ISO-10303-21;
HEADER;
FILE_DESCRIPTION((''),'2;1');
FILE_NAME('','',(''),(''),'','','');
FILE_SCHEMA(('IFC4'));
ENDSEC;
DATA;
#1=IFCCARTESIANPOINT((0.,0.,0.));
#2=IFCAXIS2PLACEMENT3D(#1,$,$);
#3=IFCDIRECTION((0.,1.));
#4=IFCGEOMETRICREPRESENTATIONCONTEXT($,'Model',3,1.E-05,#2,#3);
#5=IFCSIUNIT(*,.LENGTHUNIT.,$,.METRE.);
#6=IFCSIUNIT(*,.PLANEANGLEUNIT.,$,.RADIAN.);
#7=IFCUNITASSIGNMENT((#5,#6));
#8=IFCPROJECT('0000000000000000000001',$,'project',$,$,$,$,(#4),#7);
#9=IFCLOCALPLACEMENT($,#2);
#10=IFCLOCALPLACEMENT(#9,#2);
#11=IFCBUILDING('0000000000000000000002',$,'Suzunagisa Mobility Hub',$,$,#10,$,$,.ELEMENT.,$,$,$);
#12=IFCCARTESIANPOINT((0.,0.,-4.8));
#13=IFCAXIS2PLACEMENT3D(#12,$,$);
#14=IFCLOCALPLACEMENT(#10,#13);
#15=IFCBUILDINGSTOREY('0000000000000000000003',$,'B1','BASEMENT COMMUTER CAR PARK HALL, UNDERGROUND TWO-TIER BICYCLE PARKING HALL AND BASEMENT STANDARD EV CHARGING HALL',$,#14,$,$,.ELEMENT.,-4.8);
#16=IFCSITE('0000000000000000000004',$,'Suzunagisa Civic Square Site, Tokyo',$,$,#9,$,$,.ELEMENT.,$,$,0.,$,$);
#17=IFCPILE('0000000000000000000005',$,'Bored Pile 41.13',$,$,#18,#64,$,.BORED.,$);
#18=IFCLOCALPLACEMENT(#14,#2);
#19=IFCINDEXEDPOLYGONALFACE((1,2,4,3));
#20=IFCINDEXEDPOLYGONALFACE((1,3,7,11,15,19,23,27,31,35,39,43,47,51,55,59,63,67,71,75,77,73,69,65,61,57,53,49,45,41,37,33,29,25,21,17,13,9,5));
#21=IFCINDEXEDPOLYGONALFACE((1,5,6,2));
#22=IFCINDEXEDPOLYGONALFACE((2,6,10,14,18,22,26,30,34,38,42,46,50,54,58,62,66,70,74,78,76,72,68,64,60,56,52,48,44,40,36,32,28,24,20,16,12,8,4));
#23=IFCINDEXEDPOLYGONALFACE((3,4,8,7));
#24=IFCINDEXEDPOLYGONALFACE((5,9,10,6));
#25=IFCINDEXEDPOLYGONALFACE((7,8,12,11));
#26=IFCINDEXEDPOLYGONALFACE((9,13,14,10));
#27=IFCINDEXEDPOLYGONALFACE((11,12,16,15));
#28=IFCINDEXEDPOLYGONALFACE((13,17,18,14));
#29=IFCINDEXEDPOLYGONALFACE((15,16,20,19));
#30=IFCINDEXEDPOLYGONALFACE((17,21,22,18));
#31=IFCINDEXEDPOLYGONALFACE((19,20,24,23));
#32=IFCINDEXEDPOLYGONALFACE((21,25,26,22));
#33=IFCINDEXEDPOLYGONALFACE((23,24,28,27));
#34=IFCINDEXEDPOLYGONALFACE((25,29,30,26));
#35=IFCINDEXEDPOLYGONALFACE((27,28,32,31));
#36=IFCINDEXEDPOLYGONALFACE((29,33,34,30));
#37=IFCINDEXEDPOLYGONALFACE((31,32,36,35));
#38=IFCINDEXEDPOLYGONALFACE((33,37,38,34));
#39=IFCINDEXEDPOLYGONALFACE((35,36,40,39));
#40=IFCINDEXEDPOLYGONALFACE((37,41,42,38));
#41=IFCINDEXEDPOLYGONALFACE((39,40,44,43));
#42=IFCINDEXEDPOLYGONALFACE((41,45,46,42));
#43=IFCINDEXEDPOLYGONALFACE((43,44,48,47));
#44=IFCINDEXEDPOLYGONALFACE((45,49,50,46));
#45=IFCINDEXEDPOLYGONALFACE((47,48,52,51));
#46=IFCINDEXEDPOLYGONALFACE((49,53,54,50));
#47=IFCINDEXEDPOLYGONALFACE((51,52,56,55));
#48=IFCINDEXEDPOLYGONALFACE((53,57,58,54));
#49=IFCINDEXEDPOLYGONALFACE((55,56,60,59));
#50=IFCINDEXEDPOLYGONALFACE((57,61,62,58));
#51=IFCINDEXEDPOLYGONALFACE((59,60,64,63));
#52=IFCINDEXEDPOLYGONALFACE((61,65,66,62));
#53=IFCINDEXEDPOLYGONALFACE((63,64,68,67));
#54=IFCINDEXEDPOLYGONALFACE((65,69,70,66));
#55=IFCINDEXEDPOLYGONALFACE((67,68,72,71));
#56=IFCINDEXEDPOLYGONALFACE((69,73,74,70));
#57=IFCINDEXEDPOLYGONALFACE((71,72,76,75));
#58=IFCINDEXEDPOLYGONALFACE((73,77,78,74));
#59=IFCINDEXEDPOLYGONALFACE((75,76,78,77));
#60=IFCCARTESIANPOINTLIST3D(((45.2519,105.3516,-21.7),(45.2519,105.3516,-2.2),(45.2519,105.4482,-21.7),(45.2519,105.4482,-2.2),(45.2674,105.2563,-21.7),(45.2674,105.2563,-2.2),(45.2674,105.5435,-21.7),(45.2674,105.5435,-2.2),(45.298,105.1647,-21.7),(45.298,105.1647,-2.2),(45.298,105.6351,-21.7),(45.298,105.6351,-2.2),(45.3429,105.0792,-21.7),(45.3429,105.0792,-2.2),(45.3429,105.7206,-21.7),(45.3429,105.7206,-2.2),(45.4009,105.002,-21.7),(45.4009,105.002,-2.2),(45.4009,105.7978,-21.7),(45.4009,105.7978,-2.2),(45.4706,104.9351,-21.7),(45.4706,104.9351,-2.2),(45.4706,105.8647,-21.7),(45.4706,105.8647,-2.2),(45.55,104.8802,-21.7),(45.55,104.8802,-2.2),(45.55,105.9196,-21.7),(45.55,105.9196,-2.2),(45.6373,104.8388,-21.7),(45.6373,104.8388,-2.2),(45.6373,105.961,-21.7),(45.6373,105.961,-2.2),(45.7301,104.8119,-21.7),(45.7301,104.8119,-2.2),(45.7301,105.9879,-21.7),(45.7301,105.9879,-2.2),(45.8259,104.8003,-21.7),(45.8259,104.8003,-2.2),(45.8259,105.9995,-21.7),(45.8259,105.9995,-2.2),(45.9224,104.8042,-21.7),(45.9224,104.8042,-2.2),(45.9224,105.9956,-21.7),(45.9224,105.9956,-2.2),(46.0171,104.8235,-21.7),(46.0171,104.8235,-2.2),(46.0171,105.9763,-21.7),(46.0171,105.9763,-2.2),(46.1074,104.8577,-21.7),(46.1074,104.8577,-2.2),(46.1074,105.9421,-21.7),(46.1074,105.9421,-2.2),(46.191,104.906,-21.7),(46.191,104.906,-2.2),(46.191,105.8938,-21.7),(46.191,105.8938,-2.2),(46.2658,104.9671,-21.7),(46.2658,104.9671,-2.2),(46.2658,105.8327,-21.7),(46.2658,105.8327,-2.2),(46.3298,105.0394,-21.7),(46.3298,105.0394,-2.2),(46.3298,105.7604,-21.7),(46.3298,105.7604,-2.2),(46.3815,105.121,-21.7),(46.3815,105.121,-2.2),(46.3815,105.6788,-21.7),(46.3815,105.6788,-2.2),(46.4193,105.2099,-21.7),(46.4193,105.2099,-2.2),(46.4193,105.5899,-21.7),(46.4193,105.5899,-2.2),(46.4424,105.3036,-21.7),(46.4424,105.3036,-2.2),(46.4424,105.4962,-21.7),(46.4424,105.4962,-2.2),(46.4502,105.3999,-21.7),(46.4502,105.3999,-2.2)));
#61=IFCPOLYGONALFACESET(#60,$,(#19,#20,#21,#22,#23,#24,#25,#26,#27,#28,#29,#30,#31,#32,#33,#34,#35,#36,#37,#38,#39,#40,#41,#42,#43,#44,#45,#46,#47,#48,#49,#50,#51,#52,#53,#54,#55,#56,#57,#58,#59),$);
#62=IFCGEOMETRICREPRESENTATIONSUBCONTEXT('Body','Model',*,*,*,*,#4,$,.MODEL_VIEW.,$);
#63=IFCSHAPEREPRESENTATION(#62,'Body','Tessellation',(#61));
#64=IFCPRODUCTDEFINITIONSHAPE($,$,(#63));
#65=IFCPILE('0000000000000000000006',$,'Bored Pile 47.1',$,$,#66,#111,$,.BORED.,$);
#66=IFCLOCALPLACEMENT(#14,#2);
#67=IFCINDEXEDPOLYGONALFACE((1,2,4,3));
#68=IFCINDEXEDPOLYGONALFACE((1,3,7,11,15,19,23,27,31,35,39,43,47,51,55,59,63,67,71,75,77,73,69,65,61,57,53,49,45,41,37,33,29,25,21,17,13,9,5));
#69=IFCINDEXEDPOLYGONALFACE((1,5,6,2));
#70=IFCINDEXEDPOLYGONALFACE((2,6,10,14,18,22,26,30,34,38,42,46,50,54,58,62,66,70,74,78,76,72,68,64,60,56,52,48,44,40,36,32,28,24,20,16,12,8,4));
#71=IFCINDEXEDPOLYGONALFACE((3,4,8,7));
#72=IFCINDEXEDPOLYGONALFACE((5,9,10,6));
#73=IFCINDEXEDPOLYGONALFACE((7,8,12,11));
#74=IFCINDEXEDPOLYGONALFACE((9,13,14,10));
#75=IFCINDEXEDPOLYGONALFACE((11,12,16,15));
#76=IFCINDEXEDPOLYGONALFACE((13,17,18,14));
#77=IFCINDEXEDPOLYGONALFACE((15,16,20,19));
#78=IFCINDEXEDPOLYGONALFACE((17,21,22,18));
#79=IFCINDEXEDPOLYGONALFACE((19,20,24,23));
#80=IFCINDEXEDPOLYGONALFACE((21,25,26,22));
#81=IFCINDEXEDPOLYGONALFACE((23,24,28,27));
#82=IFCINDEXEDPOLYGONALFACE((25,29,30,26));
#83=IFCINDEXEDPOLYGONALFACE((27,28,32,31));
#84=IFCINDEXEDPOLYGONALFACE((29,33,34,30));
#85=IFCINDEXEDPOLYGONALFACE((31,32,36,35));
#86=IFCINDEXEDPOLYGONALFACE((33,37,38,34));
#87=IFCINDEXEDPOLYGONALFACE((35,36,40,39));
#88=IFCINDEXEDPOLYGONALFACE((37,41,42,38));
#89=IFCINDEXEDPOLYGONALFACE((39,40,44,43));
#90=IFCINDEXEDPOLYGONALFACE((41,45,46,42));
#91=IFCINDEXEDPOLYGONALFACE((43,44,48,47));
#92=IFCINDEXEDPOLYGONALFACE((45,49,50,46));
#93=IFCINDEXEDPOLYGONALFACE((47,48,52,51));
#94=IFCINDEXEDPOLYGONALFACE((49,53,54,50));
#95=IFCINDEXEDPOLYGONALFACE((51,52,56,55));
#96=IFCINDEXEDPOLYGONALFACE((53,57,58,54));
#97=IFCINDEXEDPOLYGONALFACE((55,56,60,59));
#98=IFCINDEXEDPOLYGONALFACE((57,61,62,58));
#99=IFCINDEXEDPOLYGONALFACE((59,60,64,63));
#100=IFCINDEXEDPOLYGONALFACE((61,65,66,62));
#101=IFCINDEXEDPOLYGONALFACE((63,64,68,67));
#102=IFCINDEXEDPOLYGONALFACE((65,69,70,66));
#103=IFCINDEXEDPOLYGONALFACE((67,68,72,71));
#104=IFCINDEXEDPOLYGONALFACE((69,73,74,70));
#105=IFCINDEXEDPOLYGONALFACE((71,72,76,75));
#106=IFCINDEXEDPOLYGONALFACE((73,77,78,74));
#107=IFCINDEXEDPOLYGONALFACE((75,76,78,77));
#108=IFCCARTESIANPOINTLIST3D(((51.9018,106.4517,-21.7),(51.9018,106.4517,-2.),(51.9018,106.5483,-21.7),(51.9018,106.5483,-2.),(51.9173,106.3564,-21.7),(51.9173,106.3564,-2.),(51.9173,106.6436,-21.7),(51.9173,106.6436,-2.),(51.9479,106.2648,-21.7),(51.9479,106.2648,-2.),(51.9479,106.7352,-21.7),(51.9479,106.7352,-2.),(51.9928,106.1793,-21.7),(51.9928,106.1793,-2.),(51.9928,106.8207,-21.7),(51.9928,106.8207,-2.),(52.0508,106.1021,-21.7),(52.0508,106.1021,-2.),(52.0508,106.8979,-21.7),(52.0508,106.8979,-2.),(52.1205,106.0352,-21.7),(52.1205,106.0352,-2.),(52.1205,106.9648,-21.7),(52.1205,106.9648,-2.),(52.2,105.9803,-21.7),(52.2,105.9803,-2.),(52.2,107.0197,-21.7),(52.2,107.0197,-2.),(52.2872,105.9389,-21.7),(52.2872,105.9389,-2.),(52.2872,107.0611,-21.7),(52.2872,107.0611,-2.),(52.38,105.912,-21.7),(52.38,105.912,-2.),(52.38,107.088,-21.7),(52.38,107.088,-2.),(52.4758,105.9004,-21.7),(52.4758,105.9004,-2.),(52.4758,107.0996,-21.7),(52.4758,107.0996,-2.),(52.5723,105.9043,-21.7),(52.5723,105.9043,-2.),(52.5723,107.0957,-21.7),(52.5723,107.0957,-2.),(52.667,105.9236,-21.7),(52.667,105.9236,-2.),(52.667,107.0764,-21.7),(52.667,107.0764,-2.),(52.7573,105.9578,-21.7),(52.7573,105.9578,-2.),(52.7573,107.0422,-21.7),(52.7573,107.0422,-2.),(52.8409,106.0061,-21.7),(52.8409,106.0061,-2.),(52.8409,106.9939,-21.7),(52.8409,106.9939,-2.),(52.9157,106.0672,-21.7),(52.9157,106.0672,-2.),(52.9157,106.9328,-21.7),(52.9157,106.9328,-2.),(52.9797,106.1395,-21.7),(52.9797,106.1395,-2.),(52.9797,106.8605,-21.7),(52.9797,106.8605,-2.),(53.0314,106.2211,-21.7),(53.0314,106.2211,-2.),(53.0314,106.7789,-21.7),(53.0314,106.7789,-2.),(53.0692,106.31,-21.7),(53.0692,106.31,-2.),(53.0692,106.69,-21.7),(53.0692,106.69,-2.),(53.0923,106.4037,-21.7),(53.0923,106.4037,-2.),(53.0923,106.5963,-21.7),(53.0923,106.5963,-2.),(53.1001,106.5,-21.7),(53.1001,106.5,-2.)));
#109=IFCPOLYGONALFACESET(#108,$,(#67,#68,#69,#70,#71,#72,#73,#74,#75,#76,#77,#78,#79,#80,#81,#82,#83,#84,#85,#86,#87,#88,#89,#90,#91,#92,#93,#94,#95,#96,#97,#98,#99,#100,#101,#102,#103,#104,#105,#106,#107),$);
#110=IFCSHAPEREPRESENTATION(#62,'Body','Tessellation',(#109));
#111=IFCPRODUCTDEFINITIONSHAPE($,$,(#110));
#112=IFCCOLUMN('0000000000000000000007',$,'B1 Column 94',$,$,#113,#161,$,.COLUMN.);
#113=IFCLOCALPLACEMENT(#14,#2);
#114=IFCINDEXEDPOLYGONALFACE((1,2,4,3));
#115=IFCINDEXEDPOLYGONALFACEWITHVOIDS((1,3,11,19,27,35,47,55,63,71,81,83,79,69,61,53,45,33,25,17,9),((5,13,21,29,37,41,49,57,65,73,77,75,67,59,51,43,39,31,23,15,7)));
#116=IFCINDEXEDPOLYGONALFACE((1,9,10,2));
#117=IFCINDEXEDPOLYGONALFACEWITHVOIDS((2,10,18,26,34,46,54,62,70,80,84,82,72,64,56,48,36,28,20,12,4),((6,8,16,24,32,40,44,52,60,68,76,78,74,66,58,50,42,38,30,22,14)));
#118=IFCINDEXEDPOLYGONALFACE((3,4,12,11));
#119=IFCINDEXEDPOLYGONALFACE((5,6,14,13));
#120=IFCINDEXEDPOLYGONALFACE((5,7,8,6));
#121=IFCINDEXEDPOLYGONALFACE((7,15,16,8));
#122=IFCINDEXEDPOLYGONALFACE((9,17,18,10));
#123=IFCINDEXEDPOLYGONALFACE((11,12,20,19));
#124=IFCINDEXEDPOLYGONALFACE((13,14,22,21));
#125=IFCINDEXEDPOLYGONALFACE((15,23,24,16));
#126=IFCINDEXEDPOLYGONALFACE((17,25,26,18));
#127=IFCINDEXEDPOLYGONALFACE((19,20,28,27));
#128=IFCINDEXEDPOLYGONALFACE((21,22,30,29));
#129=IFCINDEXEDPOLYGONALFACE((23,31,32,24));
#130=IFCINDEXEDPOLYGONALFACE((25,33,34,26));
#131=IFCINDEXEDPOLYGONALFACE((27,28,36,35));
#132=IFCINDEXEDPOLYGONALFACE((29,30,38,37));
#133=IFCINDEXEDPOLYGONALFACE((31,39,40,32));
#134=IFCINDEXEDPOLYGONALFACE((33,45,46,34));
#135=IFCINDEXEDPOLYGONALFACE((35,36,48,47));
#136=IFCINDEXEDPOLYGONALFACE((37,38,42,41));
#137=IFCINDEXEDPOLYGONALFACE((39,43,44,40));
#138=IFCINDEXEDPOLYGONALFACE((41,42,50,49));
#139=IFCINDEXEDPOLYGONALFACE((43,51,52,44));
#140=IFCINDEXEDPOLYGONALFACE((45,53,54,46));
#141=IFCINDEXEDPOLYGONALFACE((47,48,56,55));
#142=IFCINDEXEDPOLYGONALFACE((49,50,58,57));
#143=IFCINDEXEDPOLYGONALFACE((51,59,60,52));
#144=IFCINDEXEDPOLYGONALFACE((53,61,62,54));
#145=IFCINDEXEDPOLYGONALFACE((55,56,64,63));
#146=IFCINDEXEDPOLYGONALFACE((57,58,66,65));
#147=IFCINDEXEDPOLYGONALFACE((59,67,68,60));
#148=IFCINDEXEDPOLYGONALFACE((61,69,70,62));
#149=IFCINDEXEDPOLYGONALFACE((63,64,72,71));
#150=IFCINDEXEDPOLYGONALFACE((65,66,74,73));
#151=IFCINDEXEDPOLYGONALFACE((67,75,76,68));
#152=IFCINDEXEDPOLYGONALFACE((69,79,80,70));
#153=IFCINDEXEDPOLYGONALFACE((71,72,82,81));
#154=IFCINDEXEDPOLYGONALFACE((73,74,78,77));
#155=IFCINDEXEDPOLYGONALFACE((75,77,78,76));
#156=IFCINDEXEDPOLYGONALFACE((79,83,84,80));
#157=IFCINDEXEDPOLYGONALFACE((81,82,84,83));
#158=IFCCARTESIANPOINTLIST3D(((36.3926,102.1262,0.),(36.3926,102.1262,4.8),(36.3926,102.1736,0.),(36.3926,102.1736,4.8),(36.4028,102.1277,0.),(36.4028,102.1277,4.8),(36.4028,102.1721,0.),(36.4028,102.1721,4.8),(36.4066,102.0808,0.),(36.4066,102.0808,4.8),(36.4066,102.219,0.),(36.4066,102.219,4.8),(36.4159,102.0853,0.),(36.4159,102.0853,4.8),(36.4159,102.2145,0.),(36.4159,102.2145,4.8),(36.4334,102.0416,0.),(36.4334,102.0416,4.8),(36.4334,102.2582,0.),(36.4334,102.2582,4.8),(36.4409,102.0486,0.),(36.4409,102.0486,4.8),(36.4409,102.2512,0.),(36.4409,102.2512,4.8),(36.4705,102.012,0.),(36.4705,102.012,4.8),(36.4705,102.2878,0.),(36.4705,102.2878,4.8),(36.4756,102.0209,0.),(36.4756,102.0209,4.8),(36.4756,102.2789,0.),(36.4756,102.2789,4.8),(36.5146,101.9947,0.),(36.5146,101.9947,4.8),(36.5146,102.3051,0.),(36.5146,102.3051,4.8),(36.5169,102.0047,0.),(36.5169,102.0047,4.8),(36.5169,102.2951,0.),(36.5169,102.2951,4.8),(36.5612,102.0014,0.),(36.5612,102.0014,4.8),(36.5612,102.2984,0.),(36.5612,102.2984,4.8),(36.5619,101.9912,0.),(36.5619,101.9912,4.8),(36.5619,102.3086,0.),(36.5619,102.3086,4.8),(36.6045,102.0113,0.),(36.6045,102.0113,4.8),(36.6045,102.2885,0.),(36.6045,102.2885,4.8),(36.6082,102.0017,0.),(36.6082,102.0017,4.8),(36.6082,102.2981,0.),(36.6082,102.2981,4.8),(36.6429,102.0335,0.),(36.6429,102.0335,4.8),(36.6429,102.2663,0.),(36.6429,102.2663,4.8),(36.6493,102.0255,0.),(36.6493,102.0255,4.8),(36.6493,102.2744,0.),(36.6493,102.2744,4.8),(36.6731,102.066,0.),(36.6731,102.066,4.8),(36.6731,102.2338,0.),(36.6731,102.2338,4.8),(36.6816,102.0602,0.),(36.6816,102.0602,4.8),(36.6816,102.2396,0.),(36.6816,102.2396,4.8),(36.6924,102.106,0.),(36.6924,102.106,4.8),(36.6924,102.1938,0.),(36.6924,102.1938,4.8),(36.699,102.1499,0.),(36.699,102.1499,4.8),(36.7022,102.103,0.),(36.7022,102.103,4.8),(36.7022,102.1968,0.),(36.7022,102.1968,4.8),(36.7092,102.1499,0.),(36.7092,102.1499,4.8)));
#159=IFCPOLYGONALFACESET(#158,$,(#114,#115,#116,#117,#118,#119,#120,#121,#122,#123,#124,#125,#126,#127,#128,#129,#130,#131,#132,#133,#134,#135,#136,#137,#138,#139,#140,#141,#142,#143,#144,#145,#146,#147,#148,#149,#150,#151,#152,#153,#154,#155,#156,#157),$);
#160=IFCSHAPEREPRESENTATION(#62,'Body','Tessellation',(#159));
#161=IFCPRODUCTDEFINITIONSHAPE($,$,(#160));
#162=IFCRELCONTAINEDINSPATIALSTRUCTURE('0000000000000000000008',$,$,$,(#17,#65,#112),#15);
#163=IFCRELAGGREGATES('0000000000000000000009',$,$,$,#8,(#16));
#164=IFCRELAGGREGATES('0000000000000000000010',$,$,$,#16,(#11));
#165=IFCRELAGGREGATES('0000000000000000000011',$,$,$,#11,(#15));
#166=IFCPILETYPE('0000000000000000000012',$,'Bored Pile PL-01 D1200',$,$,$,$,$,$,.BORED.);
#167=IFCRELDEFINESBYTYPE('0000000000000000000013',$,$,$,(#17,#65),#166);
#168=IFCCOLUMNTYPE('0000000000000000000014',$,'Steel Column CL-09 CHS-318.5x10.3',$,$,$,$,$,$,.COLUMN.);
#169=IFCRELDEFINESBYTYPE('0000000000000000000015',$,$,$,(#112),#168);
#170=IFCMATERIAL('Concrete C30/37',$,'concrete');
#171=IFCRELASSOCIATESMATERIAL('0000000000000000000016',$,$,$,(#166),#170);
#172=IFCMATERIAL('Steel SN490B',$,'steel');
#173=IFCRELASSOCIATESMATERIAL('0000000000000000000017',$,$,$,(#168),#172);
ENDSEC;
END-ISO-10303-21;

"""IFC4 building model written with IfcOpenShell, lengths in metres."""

from ifc_helpers import new_model, si_unit, direction, frame, origin, origin_2d, place, context, subcontext, project, spatial, circle, hollow_circle, extrude, material, material_profile, profile_set, type_object, element, save


model = new_model("IFC4")

# Units and contexts
model_context = context("Model", 3, precision=1e-05, world=origin(), true_north=direction((0.0, 1.0)))
body_context = subcontext(model_context, "Body", "Model", "MODEL_VIEW")
ifc_project = project(units=[si_unit("LENGTHUNIT", "METRE"), si_unit("PLANEANGLEUNIT", "RADIAN")], contexts=[model_context])

# Site, building, storey
site_placement = place(None, origin())
site = spatial("IfcSite", under=ifc_project, at=site_placement, Name="Suzunagisa Civic Square Site, Tokyo", CompositionType="ELEMENT", RefElevation=0.0)
building_placement = place(site_placement, origin())
building = spatial("IfcBuilding", under=site, at=building_placement, Name="Suzunagisa Mobility Hub", CompositionType="ELEMENT")
storey_placement = place(building_placement, frame((0.0, 0.0, -4.8)))
storey = spatial("IfcBuildingStorey", under=building, at=storey_placement, Name="B1", Description="BASEMENT COMMUTER CAR PARK HALL, UNDERGROUND TWO-TIER BICYCLE PARKING HALL AND BASEMENT STANDARD EV CHARGING HALL", CompositionType="ELEMENT", Elevation=-4.8)

# Piles
ifc_material_1 = material(Name="Concrete C30/37", Category="concrete")
ifc_material_profile_1 = material_profile(ifc_material_1, circle(Radius=0.6001, at=origin_2d()), Name="BORED PILE D1200")
ifc_profile_set_1 = profile_set([ifc_material_profile_1], Name="Concrete C30/37")
pile_type = type_object("IfcPileType", Name="Bored Pile PL-01 D1200", PredefinedType="BORED", material=ifc_profile_set_1)
for number, where, z_axis, x_axis, name in (
    (1, (45.8501, 105.3999, -2.2), (0.0, 0.0, -1.0), (1.0, 0.0, 0.0), "Bored Pile 41.13"),
):
    element("IfcPile", number, at=place(storey_placement, frame(where, z_axis=z_axis, x_axis=x_axis)), inside=storey, type_object=pile_type, Name=name, PredefinedType="BORED", context=body_context, shape_type="SweptSolid", body=[
        extrude(circle(Radius=0.6001, at=origin_2d()), origin(), (0.0, 0.0, 1.0), 19.5),
    ])
pile_1_placement = place(storey_placement, frame((52.5, 106.5, -2.0), z_axis=(0.0, 0.0, -1.0), x_axis=(1.0, 0.0, 0.0)))
element("IfcPile", 2, at=pile_1_placement, inside=storey, type_object=pile_type, Name="Bored Pile 47.1", PredefinedType="BORED", context=body_context, shape_type="SweptSolid", body=[
    extrude(circle(Radius=0.6001, at=origin_2d()), origin(), (0.0, 0.0, 1.0), 19.7),
])

# Column
ifc_material_2 = material(Name="Steel SN490B", Category="steel")
ifc_material_profile_2 = material_profile(ifc_material_2, hollow_circle(Radius=0.1592, WallThickness=0.0103, at=origin_2d()), Name="CHS-318.5x10.3")
ifc_profile_set_2 = profile_set([ifc_material_profile_2], Name="Steel SN490B")
column_type = type_object("IfcColumnType", Name="Steel Column CL-09 CHS-318.5x10.3", PredefinedType="COLUMN", material=ifc_profile_set_2)
for number, where, z_axis, x_axis, name in (
    (3, (36.55, 102.1499, 0.0), (0.0, 0.0, 1.0), (1.0, 0.0, 0.0), "B1 Column 94"),
):
    element("IfcColumn", number, at=place(storey_placement, frame(where, z_axis=z_axis, x_axis=x_axis)), inside=storey, type_object=column_type, Name=name, PredefinedType="COLUMN", context=body_context, shape_type="SweptSolid", body=[
        extrude(hollow_circle(Radius=0.1592, WallThickness=0.0103, at=origin_2d()), origin(), (0.0, 0.0, 1.0), 4.8),
    ])

save(model, "model.ifc")
